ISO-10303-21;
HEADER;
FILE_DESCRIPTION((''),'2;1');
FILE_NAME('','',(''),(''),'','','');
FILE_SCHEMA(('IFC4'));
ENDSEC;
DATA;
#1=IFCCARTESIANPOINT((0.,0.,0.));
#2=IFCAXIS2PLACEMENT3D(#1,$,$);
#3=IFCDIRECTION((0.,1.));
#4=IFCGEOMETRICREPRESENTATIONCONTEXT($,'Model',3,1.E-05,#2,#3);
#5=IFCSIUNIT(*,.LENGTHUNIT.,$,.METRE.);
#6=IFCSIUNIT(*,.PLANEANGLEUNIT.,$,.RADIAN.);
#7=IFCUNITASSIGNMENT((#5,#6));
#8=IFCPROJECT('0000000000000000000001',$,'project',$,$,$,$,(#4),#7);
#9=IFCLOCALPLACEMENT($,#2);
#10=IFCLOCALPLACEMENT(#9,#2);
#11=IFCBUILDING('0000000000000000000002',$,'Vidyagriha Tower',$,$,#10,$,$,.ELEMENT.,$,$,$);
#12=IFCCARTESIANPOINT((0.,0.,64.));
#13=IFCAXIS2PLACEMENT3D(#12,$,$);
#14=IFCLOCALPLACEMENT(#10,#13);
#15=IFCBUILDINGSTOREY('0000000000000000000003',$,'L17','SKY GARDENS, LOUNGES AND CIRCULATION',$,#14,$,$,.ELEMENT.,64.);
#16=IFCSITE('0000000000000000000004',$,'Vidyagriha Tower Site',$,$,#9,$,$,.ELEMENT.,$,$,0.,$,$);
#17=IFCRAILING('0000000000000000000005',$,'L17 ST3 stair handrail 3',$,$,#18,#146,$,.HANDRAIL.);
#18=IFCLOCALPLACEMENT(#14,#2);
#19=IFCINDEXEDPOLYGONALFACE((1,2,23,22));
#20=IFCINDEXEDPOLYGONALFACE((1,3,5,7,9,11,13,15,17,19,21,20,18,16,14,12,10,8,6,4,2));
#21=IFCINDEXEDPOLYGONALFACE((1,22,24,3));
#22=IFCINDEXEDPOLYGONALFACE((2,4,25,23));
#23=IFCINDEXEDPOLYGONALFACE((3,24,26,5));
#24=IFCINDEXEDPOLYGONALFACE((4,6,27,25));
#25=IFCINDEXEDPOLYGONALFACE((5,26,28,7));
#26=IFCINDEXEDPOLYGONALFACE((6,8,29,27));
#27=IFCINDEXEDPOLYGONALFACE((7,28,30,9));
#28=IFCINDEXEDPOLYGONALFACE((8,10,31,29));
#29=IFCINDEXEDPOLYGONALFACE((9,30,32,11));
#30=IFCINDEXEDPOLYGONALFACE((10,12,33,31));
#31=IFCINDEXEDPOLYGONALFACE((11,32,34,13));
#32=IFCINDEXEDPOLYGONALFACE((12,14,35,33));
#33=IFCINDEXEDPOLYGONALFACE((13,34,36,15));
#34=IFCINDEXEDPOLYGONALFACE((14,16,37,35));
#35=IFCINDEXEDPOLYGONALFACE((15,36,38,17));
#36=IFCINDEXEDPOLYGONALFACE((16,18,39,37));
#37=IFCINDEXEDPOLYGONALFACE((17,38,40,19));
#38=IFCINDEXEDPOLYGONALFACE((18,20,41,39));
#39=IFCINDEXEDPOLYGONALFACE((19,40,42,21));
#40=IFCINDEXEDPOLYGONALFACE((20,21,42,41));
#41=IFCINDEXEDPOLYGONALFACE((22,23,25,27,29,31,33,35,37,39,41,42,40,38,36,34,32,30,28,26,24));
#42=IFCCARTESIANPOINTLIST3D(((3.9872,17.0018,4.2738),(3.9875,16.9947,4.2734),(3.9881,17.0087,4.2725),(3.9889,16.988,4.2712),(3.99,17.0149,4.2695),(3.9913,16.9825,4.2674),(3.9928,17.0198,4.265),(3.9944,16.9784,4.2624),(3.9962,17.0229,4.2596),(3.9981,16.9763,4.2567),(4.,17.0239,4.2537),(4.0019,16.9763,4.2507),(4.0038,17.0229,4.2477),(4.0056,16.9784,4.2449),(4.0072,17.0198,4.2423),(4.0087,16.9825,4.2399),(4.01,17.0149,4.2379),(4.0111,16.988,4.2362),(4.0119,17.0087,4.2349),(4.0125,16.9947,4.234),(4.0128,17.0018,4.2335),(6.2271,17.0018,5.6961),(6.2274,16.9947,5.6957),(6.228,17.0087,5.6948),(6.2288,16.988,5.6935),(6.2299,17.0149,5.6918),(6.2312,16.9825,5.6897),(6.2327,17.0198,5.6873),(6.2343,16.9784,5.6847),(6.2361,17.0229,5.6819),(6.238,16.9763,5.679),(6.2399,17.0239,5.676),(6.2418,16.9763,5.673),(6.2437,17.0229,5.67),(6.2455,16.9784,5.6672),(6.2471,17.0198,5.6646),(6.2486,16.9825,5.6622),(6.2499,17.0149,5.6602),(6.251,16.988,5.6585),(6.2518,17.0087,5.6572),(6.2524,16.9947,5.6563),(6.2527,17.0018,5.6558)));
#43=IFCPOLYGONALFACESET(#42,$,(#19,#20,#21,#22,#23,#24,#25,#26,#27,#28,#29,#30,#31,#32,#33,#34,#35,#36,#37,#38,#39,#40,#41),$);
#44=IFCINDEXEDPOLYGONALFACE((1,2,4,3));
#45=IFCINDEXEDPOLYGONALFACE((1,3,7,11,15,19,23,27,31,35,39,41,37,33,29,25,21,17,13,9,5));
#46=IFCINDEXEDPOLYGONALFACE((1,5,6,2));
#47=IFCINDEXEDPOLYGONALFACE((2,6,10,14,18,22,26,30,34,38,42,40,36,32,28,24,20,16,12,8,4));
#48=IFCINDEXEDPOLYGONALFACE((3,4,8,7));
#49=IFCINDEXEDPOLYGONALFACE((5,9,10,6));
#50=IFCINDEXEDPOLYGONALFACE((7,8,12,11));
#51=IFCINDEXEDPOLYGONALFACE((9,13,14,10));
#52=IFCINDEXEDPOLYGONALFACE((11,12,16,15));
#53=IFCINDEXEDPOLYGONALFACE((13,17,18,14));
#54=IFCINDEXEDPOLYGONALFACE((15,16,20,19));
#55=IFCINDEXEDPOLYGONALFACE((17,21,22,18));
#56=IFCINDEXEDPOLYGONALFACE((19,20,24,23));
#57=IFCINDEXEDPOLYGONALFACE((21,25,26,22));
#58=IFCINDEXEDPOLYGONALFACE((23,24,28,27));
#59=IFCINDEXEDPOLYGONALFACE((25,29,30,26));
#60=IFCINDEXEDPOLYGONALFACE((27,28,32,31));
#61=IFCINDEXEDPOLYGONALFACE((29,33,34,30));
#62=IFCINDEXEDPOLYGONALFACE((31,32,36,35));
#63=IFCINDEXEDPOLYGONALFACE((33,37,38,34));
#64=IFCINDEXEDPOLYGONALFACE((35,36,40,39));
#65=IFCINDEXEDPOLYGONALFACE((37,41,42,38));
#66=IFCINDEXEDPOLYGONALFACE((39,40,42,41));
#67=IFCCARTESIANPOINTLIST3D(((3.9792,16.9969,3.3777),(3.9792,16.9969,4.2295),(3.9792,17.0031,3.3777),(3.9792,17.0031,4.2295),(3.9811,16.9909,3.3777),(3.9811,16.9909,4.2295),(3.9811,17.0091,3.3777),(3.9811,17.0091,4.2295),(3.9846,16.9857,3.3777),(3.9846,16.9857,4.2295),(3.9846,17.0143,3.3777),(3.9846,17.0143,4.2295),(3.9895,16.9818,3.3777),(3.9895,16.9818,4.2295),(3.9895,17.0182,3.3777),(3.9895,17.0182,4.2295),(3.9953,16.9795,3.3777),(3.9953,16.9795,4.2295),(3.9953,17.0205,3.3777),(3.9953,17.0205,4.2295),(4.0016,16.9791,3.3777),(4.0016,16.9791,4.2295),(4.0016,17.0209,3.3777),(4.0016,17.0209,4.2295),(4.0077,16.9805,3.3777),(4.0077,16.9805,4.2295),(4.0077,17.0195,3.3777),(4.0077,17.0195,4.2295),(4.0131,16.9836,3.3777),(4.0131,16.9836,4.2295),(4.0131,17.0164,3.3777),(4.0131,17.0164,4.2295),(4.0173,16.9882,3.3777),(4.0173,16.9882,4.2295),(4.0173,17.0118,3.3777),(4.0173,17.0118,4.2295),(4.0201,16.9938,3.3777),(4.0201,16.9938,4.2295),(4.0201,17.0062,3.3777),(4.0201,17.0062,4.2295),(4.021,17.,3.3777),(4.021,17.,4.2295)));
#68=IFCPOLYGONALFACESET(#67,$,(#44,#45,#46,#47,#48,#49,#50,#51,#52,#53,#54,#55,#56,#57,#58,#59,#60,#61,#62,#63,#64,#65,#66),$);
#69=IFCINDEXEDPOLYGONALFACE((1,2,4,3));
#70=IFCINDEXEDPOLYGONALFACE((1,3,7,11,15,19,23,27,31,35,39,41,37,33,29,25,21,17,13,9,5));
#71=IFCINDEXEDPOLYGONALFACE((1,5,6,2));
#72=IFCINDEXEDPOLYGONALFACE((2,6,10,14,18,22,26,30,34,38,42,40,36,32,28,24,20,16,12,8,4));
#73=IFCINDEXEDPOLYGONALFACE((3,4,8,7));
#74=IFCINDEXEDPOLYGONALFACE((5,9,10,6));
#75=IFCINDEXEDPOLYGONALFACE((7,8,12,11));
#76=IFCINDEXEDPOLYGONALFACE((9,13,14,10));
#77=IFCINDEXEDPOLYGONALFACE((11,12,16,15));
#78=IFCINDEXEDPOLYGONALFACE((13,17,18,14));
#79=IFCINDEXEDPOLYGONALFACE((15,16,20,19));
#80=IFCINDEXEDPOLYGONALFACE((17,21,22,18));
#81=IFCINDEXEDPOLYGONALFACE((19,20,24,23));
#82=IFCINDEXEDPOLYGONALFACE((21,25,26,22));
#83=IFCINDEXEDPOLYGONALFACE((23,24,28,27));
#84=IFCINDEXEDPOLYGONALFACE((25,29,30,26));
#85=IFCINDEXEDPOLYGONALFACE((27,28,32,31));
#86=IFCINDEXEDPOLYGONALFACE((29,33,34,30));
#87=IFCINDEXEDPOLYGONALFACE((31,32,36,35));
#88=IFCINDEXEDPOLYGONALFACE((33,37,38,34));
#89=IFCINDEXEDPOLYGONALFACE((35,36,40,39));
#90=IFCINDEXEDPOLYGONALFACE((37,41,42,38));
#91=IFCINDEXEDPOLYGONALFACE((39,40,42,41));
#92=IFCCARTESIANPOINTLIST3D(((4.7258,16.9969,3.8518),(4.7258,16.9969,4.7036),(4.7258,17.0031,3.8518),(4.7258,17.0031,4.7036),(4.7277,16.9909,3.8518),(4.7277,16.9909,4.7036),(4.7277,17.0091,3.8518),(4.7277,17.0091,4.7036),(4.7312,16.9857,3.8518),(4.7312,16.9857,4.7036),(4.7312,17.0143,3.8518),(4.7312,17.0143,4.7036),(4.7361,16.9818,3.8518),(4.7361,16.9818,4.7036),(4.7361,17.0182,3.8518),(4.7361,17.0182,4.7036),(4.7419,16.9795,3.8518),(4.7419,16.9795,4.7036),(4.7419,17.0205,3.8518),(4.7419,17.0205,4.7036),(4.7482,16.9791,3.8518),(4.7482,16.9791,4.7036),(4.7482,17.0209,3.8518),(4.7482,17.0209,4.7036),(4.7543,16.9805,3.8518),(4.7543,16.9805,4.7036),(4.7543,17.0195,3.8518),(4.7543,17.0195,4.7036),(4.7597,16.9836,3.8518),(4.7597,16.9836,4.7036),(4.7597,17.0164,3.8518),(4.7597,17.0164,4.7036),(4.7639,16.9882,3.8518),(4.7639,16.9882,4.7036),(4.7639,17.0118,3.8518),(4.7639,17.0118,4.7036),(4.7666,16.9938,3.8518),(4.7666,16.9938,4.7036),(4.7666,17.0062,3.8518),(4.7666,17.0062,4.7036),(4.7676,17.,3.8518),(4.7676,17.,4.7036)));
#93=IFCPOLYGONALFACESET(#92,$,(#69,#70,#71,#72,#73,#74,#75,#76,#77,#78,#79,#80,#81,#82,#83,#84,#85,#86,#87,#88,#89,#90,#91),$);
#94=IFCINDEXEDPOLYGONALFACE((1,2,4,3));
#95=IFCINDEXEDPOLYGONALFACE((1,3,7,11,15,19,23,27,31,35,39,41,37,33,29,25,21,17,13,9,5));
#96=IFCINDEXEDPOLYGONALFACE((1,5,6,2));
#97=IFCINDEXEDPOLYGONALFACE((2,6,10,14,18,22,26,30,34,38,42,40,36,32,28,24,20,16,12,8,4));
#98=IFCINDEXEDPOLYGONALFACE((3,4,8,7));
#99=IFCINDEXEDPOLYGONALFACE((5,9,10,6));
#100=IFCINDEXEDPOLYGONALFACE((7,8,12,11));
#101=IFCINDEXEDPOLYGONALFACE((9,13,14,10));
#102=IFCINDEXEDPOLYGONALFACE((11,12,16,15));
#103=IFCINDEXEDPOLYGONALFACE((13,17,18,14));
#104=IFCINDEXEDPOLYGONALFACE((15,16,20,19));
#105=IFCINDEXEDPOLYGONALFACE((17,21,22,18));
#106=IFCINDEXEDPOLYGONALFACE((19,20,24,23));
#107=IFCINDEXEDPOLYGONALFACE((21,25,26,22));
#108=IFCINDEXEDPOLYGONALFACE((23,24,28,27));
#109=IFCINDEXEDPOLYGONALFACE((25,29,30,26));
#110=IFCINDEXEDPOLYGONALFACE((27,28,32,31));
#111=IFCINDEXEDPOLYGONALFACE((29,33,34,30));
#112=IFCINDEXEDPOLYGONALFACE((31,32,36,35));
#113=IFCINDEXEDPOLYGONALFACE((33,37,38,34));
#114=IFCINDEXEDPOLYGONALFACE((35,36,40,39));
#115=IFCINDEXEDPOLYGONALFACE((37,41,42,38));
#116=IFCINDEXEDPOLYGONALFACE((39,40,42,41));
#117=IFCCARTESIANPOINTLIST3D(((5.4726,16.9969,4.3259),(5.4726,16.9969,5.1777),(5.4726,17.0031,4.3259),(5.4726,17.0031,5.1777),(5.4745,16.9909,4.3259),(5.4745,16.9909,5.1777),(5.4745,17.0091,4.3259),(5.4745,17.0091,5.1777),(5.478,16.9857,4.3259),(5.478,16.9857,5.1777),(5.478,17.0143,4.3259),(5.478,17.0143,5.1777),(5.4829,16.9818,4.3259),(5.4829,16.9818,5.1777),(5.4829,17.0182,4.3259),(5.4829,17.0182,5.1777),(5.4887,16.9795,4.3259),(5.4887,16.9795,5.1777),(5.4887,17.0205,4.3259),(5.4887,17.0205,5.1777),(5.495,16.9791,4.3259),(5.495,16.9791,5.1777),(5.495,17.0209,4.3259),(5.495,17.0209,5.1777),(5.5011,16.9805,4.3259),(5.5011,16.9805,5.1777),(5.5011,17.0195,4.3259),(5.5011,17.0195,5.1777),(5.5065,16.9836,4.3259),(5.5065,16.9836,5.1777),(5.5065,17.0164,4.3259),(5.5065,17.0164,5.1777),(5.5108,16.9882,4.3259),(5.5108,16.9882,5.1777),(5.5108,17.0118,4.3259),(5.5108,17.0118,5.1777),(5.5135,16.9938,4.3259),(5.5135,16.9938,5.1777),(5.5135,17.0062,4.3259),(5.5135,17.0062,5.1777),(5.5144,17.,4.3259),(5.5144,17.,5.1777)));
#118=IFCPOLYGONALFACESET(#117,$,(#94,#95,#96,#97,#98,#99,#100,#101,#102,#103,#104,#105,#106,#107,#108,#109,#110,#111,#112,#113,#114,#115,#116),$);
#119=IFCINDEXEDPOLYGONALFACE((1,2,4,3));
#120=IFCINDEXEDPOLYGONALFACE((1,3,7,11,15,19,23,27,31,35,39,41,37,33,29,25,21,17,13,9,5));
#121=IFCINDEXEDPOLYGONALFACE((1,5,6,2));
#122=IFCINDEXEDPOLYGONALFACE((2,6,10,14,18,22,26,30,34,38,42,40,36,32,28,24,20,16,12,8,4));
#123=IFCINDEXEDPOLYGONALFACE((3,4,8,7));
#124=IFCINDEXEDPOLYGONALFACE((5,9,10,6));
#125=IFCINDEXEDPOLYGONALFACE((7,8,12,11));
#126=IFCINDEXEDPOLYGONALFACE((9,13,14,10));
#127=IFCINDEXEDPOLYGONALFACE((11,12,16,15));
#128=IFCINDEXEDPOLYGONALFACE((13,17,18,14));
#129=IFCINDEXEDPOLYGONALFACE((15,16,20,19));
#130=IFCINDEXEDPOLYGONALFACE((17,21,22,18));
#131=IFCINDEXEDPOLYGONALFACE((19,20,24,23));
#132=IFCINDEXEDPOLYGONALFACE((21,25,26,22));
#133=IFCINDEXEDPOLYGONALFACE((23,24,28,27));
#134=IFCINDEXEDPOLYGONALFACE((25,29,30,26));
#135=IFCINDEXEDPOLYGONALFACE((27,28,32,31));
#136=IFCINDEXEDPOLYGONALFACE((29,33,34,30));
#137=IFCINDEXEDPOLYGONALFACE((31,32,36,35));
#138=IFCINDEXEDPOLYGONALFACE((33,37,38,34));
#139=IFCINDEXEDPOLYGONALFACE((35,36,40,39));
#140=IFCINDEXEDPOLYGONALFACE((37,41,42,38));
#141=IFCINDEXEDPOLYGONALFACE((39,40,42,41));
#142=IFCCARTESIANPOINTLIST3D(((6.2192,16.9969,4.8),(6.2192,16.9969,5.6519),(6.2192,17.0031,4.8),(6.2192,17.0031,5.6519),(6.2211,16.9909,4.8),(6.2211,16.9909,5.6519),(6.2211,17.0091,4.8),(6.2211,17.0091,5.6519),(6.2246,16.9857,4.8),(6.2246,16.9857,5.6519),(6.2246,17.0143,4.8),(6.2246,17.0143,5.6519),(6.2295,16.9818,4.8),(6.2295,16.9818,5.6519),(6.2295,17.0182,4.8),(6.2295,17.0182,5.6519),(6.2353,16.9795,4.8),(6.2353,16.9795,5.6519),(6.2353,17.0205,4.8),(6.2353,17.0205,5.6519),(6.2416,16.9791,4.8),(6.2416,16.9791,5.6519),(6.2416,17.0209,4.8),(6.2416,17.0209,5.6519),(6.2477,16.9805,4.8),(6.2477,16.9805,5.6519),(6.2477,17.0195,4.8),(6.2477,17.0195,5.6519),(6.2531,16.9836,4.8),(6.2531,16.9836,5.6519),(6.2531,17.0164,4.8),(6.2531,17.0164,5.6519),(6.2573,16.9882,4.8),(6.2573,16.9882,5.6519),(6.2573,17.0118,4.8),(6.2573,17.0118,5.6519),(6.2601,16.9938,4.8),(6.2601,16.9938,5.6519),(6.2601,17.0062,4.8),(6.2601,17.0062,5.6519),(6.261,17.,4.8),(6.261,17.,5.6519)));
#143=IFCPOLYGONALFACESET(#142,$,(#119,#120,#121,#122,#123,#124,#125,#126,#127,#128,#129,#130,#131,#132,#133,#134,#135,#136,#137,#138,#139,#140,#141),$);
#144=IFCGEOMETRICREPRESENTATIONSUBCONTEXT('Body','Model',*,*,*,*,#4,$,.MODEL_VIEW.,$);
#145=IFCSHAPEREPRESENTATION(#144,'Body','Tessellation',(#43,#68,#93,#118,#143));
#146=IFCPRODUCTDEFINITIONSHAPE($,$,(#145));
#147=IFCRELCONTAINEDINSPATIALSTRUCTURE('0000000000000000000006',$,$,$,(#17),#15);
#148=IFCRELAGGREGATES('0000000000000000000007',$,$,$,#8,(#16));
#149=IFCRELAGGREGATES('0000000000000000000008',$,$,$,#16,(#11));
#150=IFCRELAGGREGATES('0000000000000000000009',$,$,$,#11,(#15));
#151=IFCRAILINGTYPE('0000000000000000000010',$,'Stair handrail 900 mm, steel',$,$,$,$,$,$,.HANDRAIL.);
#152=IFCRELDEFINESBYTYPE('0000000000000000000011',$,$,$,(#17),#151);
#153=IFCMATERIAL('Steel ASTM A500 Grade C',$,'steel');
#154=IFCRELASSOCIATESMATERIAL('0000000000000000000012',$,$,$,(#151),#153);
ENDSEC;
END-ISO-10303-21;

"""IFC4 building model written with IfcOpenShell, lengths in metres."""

from ifc_helpers import new_model, si_unit, direction, frame, origin, origin_2d, place, context, subcontext, project, spatial, circle, extrude, material, type_object, element, save


model = new_model("IFC4")

# Units and contexts
model_context = context("Model", 3, precision=1e-05, world=origin(), true_north=direction((0.0, 1.0)))
body_context = subcontext(model_context, "Body", "Model", "MODEL_VIEW")
ifc_project = project(units=[si_unit("LENGTHUNIT", "METRE"), si_unit("PLANEANGLEUNIT", "RADIAN")], contexts=[model_context])

# Site, building, storey
site_placement = place(None, origin())
site = spatial("IfcSite", under=ifc_project, at=site_placement, Name="Vidyagriha Tower Site", CompositionType="ELEMENT", RefElevation=0.0)
building_placement = place(site_placement, origin())
building = spatial("IfcBuilding", under=site, at=building_placement, Name="Vidyagriha Tower", CompositionType="ELEMENT")
storey_placement = place(building_placement, frame((0.0, 0.0, 64.0)))
storey = spatial("IfcBuildingStorey", under=building, at=storey_placement, Name="L17", Description="SKY GARDENS, LOUNGES AND CIRCULATION", CompositionType="ELEMENT", Elevation=64.0)

# Railing
ifc_material_1 = material(Name="Steel ASTM A500 Grade C", Category="steel")
railing_type = type_object("IfcRailingType", Name="Stair handrail 900 mm, steel", PredefinedType="HANDRAIL", material=ifc_material_1)
for number, where, name in (
    (1, (4.0, 17.0, 3.3777), "L17 ST3 stair handrail 3"),
):
    element("IfcRailing", number, at=place(storey_placement, frame(where)), inside=storey, type_object=railing_type, Name=name, PredefinedType="HANDRAIL", context=body_context, shape_type="SweptSolid", body=[
        extrude(circle(Radius=0.0239, at=origin_2d()), frame((0.0, 0.0, 0.876), z_axis=(0.844188, 0.0, 0.536048), x_axis=(0.0, 1.0, 0.0)), (0.0, 0.0, 1.0), 2.6533),
        extrude(circle(Radius=0.021, at=origin_2d()), origin(), (0.0, 0.0, 1.0), 0.8518),
        extrude(circle(Radius=0.021, at=origin_2d()), frame((0.7466, 0.0, 0.4741)), (0.0, 0.0, 1.0), 0.8518),
        extrude(circle(Radius=0.021, at=origin_2d()), frame((1.4934, 0.0, 0.9482)), (0.0, 0.0, 1.0), 0.8518),
        extrude(circle(Radius=0.021, at=origin_2d()), frame((2.24, 0.0, 1.4224)), (0.0, 0.0, 1.0), 0.8518),
    ])

save(model, "model.ifc")
